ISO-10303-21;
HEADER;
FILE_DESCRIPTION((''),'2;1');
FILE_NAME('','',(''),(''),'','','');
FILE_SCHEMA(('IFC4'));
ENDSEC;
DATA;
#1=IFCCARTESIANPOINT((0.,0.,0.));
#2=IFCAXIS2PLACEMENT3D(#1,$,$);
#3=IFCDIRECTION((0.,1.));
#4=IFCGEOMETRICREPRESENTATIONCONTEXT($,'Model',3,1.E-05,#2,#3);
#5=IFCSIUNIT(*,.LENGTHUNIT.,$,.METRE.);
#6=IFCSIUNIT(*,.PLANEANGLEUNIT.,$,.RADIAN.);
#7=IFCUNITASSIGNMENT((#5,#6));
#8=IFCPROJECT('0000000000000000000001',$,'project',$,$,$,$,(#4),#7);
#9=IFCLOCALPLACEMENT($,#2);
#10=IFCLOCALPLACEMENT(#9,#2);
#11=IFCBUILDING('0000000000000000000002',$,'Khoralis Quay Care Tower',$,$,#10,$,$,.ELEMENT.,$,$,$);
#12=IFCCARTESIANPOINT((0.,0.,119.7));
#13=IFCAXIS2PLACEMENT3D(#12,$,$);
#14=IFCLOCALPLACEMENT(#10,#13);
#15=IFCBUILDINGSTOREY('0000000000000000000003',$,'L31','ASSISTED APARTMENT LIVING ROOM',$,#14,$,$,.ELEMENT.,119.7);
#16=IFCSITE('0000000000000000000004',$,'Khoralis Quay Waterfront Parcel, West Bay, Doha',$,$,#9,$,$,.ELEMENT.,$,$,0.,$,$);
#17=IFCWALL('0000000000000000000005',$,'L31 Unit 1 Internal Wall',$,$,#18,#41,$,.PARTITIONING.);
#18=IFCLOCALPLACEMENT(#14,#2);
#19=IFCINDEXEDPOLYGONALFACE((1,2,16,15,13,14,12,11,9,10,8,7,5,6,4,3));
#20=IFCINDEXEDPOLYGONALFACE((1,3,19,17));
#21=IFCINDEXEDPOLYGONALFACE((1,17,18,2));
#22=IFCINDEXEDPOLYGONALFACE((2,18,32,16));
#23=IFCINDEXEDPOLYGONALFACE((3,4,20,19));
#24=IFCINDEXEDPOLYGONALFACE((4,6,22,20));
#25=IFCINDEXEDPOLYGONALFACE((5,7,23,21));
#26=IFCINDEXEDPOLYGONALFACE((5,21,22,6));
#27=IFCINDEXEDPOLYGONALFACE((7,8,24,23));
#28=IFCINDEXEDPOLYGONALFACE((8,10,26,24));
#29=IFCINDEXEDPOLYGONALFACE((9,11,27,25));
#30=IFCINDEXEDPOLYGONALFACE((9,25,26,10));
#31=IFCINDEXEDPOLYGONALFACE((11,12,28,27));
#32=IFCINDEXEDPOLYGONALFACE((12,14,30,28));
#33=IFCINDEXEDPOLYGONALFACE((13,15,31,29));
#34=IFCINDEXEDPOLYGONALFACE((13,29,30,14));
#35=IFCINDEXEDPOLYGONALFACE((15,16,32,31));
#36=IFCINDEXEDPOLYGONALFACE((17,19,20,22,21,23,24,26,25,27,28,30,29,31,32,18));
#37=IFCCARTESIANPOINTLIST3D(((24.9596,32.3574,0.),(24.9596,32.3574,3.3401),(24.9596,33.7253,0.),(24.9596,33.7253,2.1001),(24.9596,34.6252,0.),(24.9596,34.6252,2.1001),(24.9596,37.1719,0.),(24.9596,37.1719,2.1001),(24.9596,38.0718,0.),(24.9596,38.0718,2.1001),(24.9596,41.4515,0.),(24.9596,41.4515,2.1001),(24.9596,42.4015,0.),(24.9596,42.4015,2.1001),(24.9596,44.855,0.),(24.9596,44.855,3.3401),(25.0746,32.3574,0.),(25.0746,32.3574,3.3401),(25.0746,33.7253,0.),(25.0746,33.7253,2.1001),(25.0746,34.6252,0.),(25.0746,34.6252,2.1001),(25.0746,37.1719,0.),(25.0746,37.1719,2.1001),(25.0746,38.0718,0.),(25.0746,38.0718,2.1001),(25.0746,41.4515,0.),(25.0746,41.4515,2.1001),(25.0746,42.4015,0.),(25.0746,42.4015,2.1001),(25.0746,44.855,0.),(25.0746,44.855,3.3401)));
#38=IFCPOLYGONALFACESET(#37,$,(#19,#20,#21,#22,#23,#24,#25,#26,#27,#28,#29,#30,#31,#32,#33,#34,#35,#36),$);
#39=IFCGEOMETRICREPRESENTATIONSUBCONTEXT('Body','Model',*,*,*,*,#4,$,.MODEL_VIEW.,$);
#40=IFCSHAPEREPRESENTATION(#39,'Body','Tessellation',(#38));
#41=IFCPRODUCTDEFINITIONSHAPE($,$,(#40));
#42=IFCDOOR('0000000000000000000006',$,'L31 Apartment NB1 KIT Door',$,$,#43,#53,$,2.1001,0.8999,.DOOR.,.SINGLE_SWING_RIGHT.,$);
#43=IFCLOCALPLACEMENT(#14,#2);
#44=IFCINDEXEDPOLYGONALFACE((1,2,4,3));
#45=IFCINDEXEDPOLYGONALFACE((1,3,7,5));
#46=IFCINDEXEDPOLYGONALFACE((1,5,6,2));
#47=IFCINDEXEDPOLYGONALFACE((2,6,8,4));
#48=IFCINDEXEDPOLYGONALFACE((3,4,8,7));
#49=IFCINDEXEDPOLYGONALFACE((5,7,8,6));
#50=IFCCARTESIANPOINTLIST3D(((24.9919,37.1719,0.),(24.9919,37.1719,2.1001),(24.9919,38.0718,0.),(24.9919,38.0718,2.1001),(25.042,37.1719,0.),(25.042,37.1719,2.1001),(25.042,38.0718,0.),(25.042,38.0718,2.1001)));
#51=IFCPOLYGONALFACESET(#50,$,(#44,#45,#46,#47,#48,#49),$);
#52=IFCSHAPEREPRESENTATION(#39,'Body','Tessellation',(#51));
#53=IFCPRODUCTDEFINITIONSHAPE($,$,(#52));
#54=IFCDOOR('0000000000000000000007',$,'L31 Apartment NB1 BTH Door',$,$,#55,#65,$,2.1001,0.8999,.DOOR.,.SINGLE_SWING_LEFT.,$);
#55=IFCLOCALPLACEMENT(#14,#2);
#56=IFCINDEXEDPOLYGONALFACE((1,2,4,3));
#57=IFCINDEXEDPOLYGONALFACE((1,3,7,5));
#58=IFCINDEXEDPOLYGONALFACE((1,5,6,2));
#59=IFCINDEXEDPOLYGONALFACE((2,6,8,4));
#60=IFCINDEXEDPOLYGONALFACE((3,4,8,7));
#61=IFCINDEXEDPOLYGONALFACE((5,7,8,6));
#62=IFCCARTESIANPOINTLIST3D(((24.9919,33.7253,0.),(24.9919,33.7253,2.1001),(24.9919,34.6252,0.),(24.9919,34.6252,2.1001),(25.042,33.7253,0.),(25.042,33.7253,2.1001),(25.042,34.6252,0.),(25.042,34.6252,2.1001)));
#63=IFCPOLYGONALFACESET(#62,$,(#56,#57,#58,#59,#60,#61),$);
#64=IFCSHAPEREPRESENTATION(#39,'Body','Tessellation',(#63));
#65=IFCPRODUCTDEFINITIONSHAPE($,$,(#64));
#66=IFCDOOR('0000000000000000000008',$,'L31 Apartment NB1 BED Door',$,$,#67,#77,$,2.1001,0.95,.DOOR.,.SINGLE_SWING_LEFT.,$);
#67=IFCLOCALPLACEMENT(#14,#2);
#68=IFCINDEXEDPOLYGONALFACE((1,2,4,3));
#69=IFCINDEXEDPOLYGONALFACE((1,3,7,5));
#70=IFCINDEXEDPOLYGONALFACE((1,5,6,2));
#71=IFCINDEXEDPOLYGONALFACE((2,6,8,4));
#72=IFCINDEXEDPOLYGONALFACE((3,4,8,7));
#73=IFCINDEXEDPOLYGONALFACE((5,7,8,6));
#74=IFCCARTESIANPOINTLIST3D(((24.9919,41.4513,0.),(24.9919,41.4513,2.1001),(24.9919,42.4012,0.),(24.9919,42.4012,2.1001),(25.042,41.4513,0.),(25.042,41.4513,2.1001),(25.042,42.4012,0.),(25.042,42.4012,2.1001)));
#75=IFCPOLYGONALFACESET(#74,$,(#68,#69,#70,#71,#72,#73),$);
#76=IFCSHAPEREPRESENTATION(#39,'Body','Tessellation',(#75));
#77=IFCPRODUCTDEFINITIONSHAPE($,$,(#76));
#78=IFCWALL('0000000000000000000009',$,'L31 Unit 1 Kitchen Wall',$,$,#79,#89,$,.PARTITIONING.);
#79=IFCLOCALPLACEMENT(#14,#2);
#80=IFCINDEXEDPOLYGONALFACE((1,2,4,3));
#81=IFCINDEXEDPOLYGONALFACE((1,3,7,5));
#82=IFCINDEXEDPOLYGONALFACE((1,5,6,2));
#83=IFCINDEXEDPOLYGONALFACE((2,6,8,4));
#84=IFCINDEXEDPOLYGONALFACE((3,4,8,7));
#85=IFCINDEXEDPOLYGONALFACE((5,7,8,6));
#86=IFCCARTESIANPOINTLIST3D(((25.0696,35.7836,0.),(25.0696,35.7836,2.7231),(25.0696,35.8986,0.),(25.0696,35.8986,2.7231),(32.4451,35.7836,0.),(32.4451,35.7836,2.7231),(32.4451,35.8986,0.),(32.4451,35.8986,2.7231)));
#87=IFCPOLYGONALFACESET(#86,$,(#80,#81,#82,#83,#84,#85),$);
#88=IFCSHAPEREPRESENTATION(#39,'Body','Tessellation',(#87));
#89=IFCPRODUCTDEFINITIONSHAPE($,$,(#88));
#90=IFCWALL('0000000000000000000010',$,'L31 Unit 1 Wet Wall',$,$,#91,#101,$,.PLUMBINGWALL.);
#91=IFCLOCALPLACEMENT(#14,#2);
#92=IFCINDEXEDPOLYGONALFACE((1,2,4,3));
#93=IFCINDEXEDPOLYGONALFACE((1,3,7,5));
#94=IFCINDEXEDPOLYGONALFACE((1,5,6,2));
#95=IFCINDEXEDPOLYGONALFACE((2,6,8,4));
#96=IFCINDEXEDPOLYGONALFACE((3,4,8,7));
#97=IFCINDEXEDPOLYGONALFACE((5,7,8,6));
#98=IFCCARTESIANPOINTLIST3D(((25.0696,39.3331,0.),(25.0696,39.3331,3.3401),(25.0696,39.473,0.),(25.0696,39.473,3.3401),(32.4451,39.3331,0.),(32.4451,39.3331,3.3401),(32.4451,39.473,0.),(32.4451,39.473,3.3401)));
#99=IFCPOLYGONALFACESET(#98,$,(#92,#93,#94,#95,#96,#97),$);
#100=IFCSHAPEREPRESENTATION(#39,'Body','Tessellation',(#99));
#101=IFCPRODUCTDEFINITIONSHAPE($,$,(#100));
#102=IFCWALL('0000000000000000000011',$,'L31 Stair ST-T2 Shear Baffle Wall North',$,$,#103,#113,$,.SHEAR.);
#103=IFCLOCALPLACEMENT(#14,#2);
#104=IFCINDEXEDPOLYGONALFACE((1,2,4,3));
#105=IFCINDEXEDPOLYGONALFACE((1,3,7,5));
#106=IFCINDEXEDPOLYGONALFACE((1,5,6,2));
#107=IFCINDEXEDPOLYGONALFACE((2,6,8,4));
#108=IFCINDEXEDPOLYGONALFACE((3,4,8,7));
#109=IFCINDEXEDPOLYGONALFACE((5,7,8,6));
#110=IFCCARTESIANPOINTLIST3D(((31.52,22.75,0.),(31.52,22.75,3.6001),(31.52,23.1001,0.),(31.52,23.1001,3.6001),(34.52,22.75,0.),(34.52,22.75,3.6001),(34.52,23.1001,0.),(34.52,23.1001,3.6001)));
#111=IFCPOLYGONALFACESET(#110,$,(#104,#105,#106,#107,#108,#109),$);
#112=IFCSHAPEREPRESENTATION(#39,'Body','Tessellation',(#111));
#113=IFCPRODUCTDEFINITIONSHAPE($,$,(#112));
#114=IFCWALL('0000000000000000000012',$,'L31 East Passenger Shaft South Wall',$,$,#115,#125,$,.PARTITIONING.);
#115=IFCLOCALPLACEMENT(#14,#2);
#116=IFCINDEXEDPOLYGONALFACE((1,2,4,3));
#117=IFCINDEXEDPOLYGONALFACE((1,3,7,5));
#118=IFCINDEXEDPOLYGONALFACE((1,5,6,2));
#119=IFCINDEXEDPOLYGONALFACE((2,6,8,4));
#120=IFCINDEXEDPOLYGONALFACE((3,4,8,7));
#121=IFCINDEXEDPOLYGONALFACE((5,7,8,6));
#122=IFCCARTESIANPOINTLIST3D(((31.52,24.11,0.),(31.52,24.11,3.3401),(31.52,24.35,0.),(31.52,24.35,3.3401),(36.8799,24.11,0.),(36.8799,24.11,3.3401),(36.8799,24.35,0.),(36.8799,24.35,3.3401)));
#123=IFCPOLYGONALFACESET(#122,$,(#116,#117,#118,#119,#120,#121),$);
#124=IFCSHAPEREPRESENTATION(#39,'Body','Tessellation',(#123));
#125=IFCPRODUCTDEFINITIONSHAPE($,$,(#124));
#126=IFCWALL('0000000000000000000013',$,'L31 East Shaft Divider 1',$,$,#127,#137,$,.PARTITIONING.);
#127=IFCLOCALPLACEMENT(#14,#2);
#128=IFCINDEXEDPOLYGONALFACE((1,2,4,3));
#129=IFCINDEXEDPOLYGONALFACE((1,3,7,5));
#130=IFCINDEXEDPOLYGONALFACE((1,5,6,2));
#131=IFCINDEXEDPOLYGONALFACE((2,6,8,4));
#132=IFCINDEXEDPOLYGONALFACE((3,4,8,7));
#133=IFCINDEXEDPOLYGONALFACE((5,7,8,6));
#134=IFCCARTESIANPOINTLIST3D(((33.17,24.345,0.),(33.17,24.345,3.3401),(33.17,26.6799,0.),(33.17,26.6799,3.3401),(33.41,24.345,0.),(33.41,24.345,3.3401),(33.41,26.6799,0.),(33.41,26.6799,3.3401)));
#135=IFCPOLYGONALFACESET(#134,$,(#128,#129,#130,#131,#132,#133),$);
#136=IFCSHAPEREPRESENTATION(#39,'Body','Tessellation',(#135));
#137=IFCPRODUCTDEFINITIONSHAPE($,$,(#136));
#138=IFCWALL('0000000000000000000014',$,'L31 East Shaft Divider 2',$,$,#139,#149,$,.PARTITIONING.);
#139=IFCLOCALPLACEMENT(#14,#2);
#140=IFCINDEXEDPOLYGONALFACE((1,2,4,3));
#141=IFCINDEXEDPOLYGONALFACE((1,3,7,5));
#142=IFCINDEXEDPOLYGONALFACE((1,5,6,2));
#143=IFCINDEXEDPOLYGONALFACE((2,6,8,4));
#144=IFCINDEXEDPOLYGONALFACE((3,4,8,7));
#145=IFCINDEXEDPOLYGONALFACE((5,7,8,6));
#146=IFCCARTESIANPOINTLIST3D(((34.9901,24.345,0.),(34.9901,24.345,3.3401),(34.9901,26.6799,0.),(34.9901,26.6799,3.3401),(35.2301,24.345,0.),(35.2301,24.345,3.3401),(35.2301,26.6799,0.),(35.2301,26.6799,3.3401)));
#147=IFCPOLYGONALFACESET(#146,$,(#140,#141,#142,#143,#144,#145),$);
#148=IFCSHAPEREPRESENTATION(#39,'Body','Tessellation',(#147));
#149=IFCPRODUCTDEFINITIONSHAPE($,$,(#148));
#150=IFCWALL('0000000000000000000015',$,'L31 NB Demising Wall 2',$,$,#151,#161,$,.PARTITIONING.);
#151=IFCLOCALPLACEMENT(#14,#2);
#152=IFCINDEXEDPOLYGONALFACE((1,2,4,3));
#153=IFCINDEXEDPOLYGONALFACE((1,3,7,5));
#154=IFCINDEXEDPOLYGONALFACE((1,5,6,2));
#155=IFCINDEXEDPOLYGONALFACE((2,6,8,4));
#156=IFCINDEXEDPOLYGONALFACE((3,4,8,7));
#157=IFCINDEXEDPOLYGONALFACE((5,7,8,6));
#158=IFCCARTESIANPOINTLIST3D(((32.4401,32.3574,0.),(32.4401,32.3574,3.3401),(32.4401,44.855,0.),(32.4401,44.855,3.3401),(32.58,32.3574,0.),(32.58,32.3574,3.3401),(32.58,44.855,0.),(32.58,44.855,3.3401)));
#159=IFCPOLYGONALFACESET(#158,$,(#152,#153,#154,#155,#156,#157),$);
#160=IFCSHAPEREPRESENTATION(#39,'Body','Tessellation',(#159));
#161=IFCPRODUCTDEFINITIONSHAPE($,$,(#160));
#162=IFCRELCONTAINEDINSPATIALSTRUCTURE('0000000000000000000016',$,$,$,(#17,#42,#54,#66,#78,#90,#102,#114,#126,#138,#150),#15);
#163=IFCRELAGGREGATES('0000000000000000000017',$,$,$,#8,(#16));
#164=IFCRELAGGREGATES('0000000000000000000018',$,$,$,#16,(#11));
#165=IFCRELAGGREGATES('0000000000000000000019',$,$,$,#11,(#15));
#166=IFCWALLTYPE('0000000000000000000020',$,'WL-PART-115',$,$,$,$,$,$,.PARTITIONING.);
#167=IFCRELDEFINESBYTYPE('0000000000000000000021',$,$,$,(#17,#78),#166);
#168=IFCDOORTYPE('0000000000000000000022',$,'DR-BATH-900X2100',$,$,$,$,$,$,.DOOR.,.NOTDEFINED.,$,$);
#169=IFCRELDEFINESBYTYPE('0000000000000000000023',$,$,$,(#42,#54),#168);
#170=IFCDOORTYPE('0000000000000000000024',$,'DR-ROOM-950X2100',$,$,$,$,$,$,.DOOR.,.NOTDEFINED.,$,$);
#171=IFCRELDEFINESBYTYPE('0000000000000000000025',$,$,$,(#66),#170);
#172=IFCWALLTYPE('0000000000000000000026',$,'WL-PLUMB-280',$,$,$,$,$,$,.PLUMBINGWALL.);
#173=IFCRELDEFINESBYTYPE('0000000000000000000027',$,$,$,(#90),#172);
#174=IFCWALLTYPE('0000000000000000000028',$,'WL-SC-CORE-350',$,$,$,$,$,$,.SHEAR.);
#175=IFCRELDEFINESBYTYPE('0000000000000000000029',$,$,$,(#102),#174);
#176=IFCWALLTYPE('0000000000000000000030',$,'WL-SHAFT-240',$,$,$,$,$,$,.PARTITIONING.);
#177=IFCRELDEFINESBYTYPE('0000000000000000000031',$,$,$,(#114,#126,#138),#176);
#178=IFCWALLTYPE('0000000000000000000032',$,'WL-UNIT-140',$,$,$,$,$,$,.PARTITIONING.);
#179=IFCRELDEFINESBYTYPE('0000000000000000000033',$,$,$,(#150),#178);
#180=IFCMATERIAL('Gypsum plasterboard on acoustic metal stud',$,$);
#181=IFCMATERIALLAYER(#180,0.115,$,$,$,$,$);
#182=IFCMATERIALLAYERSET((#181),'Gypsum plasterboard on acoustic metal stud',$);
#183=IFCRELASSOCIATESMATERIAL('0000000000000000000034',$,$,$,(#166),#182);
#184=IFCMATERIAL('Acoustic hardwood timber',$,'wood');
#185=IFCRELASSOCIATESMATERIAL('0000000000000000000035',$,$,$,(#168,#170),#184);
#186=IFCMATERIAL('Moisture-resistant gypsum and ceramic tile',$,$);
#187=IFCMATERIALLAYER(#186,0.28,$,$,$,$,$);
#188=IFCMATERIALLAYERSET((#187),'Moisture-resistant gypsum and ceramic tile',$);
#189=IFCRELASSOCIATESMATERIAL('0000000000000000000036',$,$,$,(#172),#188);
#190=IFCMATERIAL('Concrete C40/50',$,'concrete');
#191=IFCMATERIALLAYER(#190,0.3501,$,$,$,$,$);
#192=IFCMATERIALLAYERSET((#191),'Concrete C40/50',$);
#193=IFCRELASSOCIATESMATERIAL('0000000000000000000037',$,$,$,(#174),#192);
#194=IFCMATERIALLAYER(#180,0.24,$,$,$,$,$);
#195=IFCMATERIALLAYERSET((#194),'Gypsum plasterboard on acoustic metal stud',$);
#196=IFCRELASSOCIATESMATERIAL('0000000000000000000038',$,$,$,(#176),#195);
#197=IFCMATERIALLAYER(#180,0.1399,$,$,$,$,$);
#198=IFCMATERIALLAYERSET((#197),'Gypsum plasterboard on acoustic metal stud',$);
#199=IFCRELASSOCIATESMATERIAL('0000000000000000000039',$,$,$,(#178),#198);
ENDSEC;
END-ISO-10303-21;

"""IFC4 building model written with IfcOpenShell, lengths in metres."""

from ifc_helpers import new_model, si_unit, direction, frame, frame_2d, origin, place, context, subcontext, project, spatial, rectangle, extrude, source, transform, mapped, material, layer, layer_set, type_object, element, fill, save


model = new_model("IFC4")

# Units and contexts
model_context = context("Model", 3, precision=1e-05, world=origin(), true_north=direction((0.0, 1.0)))
body_context = subcontext(model_context, "Body", "Model", "MODEL_VIEW")
ifc_project = project(units=[si_unit("LENGTHUNIT", "METRE"), si_unit("PLANEANGLEUNIT", "RADIAN")], contexts=[model_context])

# Site, building, storey
site_placement = place(None, origin())
site = spatial("IfcSite", under=ifc_project, at=site_placement, Name="Khoralis Quay Waterfront Parcel, West Bay, Doha", CompositionType="ELEMENT", RefElevation=0.0)
building_placement = place(site_placement, origin())
building = spatial("IfcBuilding", under=site, at=building_placement, Name="Khoralis Quay Care Tower", CompositionType="ELEMENT")
storey_placement = place(building_placement, frame((0.0, 0.0, 119.7)))
storey = spatial("IfcBuildingStorey", under=building, at=storey_placement, Name="L31", Description="ASSISTED APARTMENT LIVING ROOM", CompositionType="ELEMENT", Elevation=119.7)

# Shared definitions
ifc_material_1 = material(Name="Gypsum plasterboard on acoustic metal stud")

# Wall, openings, doors
ifc_layer_1 = layer(ifc_material_1, 0.115)
ifc_layer_set_1 = layer_set([ifc_layer_1], Name="Gypsum plasterboard on acoustic metal stud")
wall_type_1 = type_object("IfcWallType", Name="WL-PART-115", PredefinedType="PARTITIONING", material=ifc_layer_set_1)
wall_1_placement = place(storey_placement, frame((25.0171, 32.3574, 0.0), z_axis=(0.0, 0.0, 1.0), x_axis=(0.0, 1.0, 0.0)))
wall_1 = element("IfcWall", 1, at=wall_1_placement, inside=storey, type_object=wall_type_1, Name="L31 Unit 1 Internal Wall", PredefinedType="PARTITIONING", context=body_context, shape_type="SweptSolid", body=[
    extrude(rectangle(XDim=12.4976, YDim=0.115, at=frame_2d((6.2488, 0.0))), origin(), (0.0, 0.0, 1.0), 3.3401),
])
opening_1_placement = place(wall_1_placement, frame((9.094, 0.0, 0.0)))
opening_1 = element("IfcOpeningElement", 2, at=opening_1_placement, cuts=wall_1, PredefinedType="OPENING", context=body_context, shape_type="SweptSolid", body=[
    extrude(rectangle(XDim=0.95, YDim=2.1001, at=frame_2d((0.4751, 1.05))), frame((0.0, 0.0674, 0.0), z_axis=(0.0, -1.0, 0.0), x_axis=(1.0, 0.0, 0.0)), (0.0, 0.0, 1.0), 0.135),
])
opening_2_placement = place(wall_1_placement, frame((4.8145, 0.0, 0.0)))
opening_2 = element("IfcOpeningElement", 3, at=opening_2_placement, cuts=wall_1, PredefinedType="OPENING", context=body_context, shape_type="SweptSolid", body=[
    extrude(rectangle(XDim=0.8999, YDim=2.1001, at=frame_2d((0.45, 1.05))), frame((0.0, 0.0674, 0.0), z_axis=(0.0, -1.0, 0.0), x_axis=(1.0, 0.0, 0.0)), (0.0, 0.0, 1.0), 0.135),
])
opening_3_placement = place(wall_1_placement, frame((1.3679, 0.0, 0.0)))
opening_3 = element("IfcOpeningElement", 4, at=opening_3_placement, cuts=wall_1, PredefinedType="OPENING", context=body_context, shape_type="SweptSolid", body=[
    extrude(rectangle(XDim=0.8999, YDim=2.1001, at=frame_2d((0.45, 1.05))), frame((0.0, 0.0674, 0.0), z_axis=(0.0, -1.0, 0.0), x_axis=(1.0, 0.0, 0.0)), (0.0, 0.0, 1.0), 0.135),
])
ifc_material_2 = material(Name="Acoustic hardwood timber", Category="wood")
door_type_1 = type_object("IfcDoorType", Name="DR-BATH-900X2100", OperationType="NOTDEFINED", PredefinedType="DOOR", material=ifc_material_2)
shared_shape_1 = source(origin(), body_context, "Body", "SweptSolid", [
    extrude(rectangle(XDim=0.8999, YDim=2.1001, at=frame_2d((0.45, 1.05))), frame((0.0, 0.0249, 0.0), z_axis=(0.0, -1.0, 0.0), x_axis=(1.0, 0.0, 0.0)), (0.0, 0.0, 1.0), 0.05),
])
door_1_placement = place(opening_2_placement, frame((0.8999, 0.0, 0.0), z_axis=(0.0, 0.0, 1.0), x_axis=(-1.0, 0.0, 0.0)))
door_1 = element("IfcDoor", 5, at=door_1_placement, inside=storey, type_object=door_type_1, Name="L31 Apartment NB1 KIT Door", OperationType="SINGLE_SWING_RIGHT", OverallHeight=2.1001, OverallWidth=0.8999, PredefinedType="DOOR", context=body_context, shape_type="MappedRepresentation", body=[
    mapped(shared_shape_1, transform((0.0, 0.0, 0.0), scale=1.0)),
])
fill(opening_2, door_1)
door_2_placement = place(opening_3_placement, frame((0.8999, 0.0, 0.0), z_axis=(0.0, 0.0, 1.0), x_axis=(-1.0, 0.0, 0.0)))
door_2 = element("IfcDoor", 6, at=door_2_placement, inside=storey, type_object=door_type_1, Name="L31 Apartment NB1 BTH Door", OperationType="SINGLE_SWING_LEFT", OverallHeight=2.1001, OverallWidth=0.8999, PredefinedType="DOOR", context=body_context, shape_type="MappedRepresentation", body=[
    mapped(shared_shape_1, transform((0.0, 0.0, 0.0), scale=1.0)),
])
fill(opening_3, door_2)
door_type_2 = type_object("IfcDoorType", Name="DR-ROOM-950X2100", OperationType="NOTDEFINED", PredefinedType="DOOR", material=ifc_material_2)
shared_shape_2 = source(origin(), body_context, "Body", "SweptSolid", [
    extrude(rectangle(XDim=0.95, YDim=2.1001, at=frame_2d((0.4751, 1.05))), frame((0.0, 0.0249, 0.0), z_axis=(0.0, -1.0, 0.0), x_axis=(1.0, 0.0, 0.0)), (0.0, 0.0, 1.0), 0.05),
])
door_3_placement = place(opening_1_placement, frame((0.95, 0.0, 0.0), z_axis=(0.0, 0.0, 1.0), x_axis=(-1.0, 0.0, 0.0)))
door_3 = element("IfcDoor", 7, at=door_3_placement, inside=storey, type_object=door_type_2, Name="L31 Apartment NB1 BED Door", OperationType="SINGLE_SWING_LEFT", OverallHeight=2.1001, OverallWidth=0.95, PredefinedType="DOOR", context=body_context, shape_type="MappedRepresentation", body=[
    mapped(shared_shape_2, transform((0.0, 0.0, 0.0), scale=1.0)),
])
fill(opening_1, door_3)

# Walls
wall_2_placement = place(storey_placement, frame((25.0696, 35.8411, 0.0), z_axis=(0.0, 0.0, 1.0), x_axis=(1.0, 0.0, 0.0)))
element("IfcWall", 8, at=wall_2_placement, inside=storey, type_object=wall_type_1, Name="L31 Unit 1 Kitchen Wall", PredefinedType="PARTITIONING", context=body_context, shape_type="SweptSolid", body=[
    extrude(rectangle(XDim=7.3755, YDim=0.115, at=frame_2d((3.6877, 0.0))), origin(), (0.0, 0.0, 1.0), 2.7231),
])
ifc_material_3 = material(Name="Moisture-resistant gypsum and ceramic tile")
ifc_layer_2 = layer(ifc_material_3, 0.28)
ifc_layer_set_2 = layer_set([ifc_layer_2], Name="Moisture-resistant gypsum and ceramic tile")
wall_type_2 = type_object("IfcWallType", Name="WL-PLUMB-280", PredefinedType="PLUMBINGWALL", material=ifc_layer_set_2)
wall_3_placement = place(storey_placement, frame((25.0696, 39.4031, 0.0), z_axis=(0.0, 0.0, 1.0), x_axis=(1.0, 0.0, 0.0)))
element("IfcWall", 9, at=wall_3_placement, inside=storey, type_object=wall_type_2, Name="L31 Unit 1 Wet Wall", PredefinedType="PLUMBINGWALL", context=body_context, shape_type="SweptSolid", body=[
    extrude(rectangle(XDim=7.3755, YDim=0.1399, at=frame_2d((3.6877, 0.0))), origin(), (0.0, 0.0, 1.0), 3.3401),
])
ifc_material_4 = material(Name="Concrete C40/50", Category="concrete")
ifc_layer_3 = layer(ifc_material_4, 0.3501)
ifc_layer_set_3 = layer_set([ifc_layer_3], Name="Concrete C40/50")
wall_type_3 = type_object("IfcWallType", Name="WL-SC-CORE-350", PredefinedType="SHEAR", material=ifc_layer_set_3)
wall_4_placement = place(storey_placement, frame((31.52, 22.925, 0.0), z_axis=(0.0, 0.0, 1.0), x_axis=(1.0, 0.0, 0.0)))
element("IfcWall", 10, at=wall_4_placement, inside=storey, type_object=wall_type_3, Name="L31 Stair ST-T2 Shear Baffle Wall North", PredefinedType="SHEAR", context=body_context, shape_type="SweptSolid", body=[
    extrude(rectangle(XDim=3.0, YDim=0.3501, at=frame_2d((1.5, 0.0))), origin(), (0.0, 0.0, 1.0), 3.6001),
])
ifc_layer_4 = layer(ifc_material_1, 0.24)
ifc_layer_set_4 = layer_set([ifc_layer_4], Name="Gypsum plasterboard on acoustic metal stud")
wall_type_4 = type_object("IfcWallType", Name="WL-SHAFT-240", PredefinedType="PARTITIONING", material=ifc_layer_set_4)
wall_5_placement = place(storey_placement, frame((31.52, 24.23, 0.0), z_axis=(0.0, 0.0, 1.0), x_axis=(1.0, 0.0, 0.0)))
element("IfcWall", 11, at=wall_5_placement, inside=storey, type_object=wall_type_4, Name="L31 East Passenger Shaft South Wall", PredefinedType="PARTITIONING", context=body_context, shape_type="SweptSolid", body=[
    extrude(rectangle(XDim=5.3599, YDim=0.24, at=frame_2d((2.6799, 0.0))), origin(), (0.0, 0.0, 1.0), 3.3401),
])
for number, where, z_axis, x_axis, name in (
    (12, (33.29, 24.345, 0.0), (0.0, 0.0, 1.0), (0.0, 1.0, 0.0), "L31 East Shaft Divider 1"),
    (13, (35.1101, 24.345, 0.0), (0.0, 0.0, 1.0), (0.0, 1.0, 0.0), "L31 East Shaft Divider 2"),
):
    element("IfcWall", number, at=place(storey_placement, frame(where, z_axis=z_axis, x_axis=x_axis)), inside=storey, type_object=wall_type_4, Name=name, PredefinedType="PARTITIONING", context=body_context, shape_type="SweptSolid", body=[
        extrude(rectangle(XDim=2.335, YDim=0.24, at=frame_2d((1.1675, 0.0))), origin(), (0.0, 0.0, 1.0), 3.3401),
    ])
ifc_layer_5 = layer(ifc_material_1, 0.1399)
ifc_layer_set_5 = layer_set([ifc_layer_5], Name="Gypsum plasterboard on acoustic metal stud")
wall_type_5 = type_object("IfcWallType", Name="WL-UNIT-140", PredefinedType="PARTITIONING", material=ifc_layer_set_5)
wall_6_placement = place(storey_placement, frame((32.51, 32.3574, 0.0), z_axis=(0.0, 0.0, 1.0), x_axis=(0.0, 1.0, 0.0)))
element("IfcWall", 14, at=wall_6_placement, inside=storey, type_object=wall_type_5, Name="L31 NB Demising Wall 2", PredefinedType="PARTITIONING", context=body_context, shape_type="SweptSolid", body=[
    extrude(rectangle(XDim=12.4976, YDim=0.1399, at=frame_2d((6.2488, 0.0))), origin(), (0.0, 0.0, 1.0), 3.3401),
])

save(model, "model.ifc")
